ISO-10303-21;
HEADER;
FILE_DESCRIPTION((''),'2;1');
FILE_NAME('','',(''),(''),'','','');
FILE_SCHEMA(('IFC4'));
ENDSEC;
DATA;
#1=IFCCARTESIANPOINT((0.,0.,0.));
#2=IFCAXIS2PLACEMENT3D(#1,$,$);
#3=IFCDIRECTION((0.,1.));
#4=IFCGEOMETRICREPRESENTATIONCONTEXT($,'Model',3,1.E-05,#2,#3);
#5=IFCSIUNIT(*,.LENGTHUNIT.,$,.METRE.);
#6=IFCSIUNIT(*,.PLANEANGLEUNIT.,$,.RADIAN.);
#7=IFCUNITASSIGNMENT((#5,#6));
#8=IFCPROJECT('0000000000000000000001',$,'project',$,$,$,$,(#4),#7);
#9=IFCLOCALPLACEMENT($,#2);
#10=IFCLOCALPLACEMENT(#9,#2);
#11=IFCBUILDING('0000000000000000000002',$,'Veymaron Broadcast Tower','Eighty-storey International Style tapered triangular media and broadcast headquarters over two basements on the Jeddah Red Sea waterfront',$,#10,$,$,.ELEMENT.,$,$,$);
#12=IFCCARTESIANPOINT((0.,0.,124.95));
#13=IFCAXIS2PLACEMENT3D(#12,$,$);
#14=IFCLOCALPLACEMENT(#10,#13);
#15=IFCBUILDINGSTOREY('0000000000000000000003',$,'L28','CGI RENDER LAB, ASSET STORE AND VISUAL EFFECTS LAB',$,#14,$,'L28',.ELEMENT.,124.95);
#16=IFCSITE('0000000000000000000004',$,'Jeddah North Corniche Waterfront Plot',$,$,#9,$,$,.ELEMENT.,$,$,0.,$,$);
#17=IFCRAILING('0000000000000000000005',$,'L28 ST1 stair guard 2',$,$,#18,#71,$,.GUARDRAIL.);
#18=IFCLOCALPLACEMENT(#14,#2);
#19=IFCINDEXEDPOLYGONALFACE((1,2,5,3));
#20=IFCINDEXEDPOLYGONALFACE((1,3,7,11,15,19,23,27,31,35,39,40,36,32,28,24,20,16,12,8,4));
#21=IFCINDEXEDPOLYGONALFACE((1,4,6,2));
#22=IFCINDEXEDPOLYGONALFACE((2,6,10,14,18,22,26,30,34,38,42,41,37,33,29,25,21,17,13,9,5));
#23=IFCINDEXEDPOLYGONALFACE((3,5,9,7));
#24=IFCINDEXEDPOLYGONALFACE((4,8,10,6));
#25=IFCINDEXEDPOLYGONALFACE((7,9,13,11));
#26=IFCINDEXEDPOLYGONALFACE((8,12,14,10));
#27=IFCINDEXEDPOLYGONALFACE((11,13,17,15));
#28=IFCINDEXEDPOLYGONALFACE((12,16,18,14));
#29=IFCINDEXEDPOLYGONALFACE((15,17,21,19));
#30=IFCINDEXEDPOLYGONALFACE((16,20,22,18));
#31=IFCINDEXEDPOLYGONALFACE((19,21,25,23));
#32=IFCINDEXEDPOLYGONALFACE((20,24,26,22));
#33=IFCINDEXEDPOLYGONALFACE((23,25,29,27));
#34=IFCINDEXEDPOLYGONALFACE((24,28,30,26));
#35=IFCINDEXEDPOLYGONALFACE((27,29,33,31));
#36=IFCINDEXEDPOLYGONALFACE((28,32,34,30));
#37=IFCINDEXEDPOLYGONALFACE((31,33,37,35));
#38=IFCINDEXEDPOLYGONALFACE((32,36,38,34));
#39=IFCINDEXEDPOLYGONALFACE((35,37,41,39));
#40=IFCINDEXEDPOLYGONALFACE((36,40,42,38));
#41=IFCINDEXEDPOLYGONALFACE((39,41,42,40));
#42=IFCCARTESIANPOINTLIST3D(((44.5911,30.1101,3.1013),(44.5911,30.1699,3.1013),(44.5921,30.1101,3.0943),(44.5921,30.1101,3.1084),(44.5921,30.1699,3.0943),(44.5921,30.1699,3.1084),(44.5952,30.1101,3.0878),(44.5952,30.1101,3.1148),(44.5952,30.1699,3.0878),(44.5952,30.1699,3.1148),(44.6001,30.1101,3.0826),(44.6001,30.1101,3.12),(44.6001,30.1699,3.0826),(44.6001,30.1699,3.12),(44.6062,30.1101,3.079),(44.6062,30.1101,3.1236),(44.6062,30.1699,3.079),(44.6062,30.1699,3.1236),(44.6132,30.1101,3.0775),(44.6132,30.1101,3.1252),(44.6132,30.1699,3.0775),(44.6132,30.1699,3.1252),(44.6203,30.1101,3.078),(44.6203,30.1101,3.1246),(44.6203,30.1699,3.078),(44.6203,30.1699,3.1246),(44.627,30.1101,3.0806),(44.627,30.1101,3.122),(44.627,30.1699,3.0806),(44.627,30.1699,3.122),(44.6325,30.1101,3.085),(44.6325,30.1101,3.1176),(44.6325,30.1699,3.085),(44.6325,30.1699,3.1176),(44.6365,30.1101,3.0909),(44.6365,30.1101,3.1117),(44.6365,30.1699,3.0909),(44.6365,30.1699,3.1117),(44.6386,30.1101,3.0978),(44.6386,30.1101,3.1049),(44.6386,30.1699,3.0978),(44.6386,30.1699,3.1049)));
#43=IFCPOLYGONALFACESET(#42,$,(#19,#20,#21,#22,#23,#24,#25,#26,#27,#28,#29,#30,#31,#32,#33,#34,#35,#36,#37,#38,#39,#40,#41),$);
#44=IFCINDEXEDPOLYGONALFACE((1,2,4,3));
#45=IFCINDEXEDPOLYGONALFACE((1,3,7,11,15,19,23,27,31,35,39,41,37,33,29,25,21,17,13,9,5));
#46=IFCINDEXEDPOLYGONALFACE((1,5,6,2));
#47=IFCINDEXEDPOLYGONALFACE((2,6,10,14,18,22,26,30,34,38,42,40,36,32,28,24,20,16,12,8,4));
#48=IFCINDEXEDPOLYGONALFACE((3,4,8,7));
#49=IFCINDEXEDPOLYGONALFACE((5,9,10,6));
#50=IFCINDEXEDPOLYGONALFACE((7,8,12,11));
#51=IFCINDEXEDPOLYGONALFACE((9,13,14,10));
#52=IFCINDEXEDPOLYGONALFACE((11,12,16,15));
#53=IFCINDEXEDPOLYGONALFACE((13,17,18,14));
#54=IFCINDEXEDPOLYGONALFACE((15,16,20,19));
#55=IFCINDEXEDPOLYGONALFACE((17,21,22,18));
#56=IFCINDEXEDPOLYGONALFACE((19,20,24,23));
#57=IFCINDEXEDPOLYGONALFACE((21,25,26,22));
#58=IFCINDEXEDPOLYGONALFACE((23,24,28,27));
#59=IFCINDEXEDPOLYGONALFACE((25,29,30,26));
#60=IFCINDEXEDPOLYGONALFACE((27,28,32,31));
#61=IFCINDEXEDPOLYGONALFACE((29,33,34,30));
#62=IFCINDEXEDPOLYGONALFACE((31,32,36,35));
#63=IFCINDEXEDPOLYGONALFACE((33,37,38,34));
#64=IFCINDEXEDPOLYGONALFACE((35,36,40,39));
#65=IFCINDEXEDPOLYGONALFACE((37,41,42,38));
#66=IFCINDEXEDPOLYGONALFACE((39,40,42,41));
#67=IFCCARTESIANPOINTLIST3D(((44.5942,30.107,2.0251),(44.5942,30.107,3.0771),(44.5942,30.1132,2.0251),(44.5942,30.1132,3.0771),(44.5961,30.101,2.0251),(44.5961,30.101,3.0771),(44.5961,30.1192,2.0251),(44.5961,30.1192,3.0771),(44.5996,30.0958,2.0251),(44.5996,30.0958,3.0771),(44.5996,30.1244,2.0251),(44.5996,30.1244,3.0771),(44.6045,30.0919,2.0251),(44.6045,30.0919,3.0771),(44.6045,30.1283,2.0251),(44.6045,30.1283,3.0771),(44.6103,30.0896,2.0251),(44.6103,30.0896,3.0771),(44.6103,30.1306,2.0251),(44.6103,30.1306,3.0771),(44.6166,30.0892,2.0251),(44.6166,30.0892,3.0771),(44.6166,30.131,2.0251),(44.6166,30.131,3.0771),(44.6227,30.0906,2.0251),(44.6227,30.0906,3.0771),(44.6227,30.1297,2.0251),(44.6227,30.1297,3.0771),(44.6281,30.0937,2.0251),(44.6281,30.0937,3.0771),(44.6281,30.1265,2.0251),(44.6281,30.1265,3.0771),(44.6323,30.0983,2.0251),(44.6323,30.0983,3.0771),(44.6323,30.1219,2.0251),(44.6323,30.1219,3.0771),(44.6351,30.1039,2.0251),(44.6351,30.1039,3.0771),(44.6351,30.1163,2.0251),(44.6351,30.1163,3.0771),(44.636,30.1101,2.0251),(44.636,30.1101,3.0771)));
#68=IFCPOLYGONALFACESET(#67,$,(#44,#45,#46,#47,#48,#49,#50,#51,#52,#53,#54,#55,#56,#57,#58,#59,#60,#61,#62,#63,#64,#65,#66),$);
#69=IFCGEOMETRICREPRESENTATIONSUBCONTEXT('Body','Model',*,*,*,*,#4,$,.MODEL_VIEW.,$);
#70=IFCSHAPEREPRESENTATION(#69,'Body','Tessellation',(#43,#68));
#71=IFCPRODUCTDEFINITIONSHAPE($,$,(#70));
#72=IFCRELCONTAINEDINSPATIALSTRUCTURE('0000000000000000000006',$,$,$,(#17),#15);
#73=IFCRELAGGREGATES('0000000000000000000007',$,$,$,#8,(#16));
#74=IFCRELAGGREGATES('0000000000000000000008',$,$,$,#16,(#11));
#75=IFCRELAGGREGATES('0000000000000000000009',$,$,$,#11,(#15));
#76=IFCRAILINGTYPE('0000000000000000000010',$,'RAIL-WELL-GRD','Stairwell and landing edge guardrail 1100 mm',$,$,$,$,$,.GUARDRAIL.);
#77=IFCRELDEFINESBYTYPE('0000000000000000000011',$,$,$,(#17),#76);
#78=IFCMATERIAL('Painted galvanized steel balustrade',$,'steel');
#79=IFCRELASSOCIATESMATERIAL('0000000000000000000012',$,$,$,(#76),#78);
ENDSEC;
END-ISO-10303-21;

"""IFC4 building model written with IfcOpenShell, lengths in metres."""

from ifc_helpers import new_model, si_unit, direction, frame, origin, origin_2d, place, context, subcontext, project, spatial, circle, extrude, material, type_object, element, save


model = new_model("IFC4")

# Units and contexts
model_context = context("Model", 3, precision=1e-05, world=origin(), true_north=direction((0.0, 1.0)))
body_context = subcontext(model_context, "Body", "Model", "MODEL_VIEW")
ifc_project = project(units=[si_unit("LENGTHUNIT", "METRE"), si_unit("PLANEANGLEUNIT", "RADIAN")], contexts=[model_context])

# Site, building, storey
site_placement = place(None, origin())
site = spatial("IfcSite", under=ifc_project, at=site_placement, Name="Jeddah North Corniche Waterfront Plot", CompositionType="ELEMENT", RefElevation=0.0)
building_placement = place(site_placement, origin())
building = spatial("IfcBuilding", under=site, at=building_placement, Name="Veymaron Broadcast Tower", Description="Eighty-storey International Style tapered triangular media and broadcast headquarters over two basements on the Jeddah Red Sea waterfront", CompositionType="ELEMENT")
storey_placement = place(building_placement, frame((0.0, 0.0, 124.95)))
storey = spatial("IfcBuildingStorey", under=building, at=storey_placement, Name="L28", Description="CGI RENDER LAB, ASSET STORE AND VISUAL EFFECTS LAB", LongName="L28", CompositionType="ELEMENT", Elevation=124.95)

# Railing
ifc_material_1 = material(Name="Painted galvanized steel balustrade", Category="steel")
railing_type_1 = type_object("IfcRailingType", Name="RAIL-WELL-GRD", Description="Stairwell and landing edge guardrail 1100 mm", PredefinedType="GUARDRAIL", material=ifc_material_1)
railing_1_placement = place(storey_placement, frame((44.615, 30.1101, 2.0251)))
element("IfcRailing", 1, at=railing_1_placement, inside=storey, type_object=railing_type_1, Name="L28 ST1 stair guard 2", PredefinedType="GUARDRAIL", context=body_context, shape_type="SweptSolid", body=[
    extrude(circle(Radius=0.0239, at=origin_2d()), frame((0.0, 0.0, 1.0762), z_axis=(0.0, 1.0, 0.0), x_axis=(-1.0, 0.0, 0.0)), (0.0, 0.0, 1.0), 0.0598),
    extrude(circle(Radius=0.021, at=origin_2d()), origin(), (0.0, 0.0, 1.0), 1.052),
])

save(model, "model.ifc")
